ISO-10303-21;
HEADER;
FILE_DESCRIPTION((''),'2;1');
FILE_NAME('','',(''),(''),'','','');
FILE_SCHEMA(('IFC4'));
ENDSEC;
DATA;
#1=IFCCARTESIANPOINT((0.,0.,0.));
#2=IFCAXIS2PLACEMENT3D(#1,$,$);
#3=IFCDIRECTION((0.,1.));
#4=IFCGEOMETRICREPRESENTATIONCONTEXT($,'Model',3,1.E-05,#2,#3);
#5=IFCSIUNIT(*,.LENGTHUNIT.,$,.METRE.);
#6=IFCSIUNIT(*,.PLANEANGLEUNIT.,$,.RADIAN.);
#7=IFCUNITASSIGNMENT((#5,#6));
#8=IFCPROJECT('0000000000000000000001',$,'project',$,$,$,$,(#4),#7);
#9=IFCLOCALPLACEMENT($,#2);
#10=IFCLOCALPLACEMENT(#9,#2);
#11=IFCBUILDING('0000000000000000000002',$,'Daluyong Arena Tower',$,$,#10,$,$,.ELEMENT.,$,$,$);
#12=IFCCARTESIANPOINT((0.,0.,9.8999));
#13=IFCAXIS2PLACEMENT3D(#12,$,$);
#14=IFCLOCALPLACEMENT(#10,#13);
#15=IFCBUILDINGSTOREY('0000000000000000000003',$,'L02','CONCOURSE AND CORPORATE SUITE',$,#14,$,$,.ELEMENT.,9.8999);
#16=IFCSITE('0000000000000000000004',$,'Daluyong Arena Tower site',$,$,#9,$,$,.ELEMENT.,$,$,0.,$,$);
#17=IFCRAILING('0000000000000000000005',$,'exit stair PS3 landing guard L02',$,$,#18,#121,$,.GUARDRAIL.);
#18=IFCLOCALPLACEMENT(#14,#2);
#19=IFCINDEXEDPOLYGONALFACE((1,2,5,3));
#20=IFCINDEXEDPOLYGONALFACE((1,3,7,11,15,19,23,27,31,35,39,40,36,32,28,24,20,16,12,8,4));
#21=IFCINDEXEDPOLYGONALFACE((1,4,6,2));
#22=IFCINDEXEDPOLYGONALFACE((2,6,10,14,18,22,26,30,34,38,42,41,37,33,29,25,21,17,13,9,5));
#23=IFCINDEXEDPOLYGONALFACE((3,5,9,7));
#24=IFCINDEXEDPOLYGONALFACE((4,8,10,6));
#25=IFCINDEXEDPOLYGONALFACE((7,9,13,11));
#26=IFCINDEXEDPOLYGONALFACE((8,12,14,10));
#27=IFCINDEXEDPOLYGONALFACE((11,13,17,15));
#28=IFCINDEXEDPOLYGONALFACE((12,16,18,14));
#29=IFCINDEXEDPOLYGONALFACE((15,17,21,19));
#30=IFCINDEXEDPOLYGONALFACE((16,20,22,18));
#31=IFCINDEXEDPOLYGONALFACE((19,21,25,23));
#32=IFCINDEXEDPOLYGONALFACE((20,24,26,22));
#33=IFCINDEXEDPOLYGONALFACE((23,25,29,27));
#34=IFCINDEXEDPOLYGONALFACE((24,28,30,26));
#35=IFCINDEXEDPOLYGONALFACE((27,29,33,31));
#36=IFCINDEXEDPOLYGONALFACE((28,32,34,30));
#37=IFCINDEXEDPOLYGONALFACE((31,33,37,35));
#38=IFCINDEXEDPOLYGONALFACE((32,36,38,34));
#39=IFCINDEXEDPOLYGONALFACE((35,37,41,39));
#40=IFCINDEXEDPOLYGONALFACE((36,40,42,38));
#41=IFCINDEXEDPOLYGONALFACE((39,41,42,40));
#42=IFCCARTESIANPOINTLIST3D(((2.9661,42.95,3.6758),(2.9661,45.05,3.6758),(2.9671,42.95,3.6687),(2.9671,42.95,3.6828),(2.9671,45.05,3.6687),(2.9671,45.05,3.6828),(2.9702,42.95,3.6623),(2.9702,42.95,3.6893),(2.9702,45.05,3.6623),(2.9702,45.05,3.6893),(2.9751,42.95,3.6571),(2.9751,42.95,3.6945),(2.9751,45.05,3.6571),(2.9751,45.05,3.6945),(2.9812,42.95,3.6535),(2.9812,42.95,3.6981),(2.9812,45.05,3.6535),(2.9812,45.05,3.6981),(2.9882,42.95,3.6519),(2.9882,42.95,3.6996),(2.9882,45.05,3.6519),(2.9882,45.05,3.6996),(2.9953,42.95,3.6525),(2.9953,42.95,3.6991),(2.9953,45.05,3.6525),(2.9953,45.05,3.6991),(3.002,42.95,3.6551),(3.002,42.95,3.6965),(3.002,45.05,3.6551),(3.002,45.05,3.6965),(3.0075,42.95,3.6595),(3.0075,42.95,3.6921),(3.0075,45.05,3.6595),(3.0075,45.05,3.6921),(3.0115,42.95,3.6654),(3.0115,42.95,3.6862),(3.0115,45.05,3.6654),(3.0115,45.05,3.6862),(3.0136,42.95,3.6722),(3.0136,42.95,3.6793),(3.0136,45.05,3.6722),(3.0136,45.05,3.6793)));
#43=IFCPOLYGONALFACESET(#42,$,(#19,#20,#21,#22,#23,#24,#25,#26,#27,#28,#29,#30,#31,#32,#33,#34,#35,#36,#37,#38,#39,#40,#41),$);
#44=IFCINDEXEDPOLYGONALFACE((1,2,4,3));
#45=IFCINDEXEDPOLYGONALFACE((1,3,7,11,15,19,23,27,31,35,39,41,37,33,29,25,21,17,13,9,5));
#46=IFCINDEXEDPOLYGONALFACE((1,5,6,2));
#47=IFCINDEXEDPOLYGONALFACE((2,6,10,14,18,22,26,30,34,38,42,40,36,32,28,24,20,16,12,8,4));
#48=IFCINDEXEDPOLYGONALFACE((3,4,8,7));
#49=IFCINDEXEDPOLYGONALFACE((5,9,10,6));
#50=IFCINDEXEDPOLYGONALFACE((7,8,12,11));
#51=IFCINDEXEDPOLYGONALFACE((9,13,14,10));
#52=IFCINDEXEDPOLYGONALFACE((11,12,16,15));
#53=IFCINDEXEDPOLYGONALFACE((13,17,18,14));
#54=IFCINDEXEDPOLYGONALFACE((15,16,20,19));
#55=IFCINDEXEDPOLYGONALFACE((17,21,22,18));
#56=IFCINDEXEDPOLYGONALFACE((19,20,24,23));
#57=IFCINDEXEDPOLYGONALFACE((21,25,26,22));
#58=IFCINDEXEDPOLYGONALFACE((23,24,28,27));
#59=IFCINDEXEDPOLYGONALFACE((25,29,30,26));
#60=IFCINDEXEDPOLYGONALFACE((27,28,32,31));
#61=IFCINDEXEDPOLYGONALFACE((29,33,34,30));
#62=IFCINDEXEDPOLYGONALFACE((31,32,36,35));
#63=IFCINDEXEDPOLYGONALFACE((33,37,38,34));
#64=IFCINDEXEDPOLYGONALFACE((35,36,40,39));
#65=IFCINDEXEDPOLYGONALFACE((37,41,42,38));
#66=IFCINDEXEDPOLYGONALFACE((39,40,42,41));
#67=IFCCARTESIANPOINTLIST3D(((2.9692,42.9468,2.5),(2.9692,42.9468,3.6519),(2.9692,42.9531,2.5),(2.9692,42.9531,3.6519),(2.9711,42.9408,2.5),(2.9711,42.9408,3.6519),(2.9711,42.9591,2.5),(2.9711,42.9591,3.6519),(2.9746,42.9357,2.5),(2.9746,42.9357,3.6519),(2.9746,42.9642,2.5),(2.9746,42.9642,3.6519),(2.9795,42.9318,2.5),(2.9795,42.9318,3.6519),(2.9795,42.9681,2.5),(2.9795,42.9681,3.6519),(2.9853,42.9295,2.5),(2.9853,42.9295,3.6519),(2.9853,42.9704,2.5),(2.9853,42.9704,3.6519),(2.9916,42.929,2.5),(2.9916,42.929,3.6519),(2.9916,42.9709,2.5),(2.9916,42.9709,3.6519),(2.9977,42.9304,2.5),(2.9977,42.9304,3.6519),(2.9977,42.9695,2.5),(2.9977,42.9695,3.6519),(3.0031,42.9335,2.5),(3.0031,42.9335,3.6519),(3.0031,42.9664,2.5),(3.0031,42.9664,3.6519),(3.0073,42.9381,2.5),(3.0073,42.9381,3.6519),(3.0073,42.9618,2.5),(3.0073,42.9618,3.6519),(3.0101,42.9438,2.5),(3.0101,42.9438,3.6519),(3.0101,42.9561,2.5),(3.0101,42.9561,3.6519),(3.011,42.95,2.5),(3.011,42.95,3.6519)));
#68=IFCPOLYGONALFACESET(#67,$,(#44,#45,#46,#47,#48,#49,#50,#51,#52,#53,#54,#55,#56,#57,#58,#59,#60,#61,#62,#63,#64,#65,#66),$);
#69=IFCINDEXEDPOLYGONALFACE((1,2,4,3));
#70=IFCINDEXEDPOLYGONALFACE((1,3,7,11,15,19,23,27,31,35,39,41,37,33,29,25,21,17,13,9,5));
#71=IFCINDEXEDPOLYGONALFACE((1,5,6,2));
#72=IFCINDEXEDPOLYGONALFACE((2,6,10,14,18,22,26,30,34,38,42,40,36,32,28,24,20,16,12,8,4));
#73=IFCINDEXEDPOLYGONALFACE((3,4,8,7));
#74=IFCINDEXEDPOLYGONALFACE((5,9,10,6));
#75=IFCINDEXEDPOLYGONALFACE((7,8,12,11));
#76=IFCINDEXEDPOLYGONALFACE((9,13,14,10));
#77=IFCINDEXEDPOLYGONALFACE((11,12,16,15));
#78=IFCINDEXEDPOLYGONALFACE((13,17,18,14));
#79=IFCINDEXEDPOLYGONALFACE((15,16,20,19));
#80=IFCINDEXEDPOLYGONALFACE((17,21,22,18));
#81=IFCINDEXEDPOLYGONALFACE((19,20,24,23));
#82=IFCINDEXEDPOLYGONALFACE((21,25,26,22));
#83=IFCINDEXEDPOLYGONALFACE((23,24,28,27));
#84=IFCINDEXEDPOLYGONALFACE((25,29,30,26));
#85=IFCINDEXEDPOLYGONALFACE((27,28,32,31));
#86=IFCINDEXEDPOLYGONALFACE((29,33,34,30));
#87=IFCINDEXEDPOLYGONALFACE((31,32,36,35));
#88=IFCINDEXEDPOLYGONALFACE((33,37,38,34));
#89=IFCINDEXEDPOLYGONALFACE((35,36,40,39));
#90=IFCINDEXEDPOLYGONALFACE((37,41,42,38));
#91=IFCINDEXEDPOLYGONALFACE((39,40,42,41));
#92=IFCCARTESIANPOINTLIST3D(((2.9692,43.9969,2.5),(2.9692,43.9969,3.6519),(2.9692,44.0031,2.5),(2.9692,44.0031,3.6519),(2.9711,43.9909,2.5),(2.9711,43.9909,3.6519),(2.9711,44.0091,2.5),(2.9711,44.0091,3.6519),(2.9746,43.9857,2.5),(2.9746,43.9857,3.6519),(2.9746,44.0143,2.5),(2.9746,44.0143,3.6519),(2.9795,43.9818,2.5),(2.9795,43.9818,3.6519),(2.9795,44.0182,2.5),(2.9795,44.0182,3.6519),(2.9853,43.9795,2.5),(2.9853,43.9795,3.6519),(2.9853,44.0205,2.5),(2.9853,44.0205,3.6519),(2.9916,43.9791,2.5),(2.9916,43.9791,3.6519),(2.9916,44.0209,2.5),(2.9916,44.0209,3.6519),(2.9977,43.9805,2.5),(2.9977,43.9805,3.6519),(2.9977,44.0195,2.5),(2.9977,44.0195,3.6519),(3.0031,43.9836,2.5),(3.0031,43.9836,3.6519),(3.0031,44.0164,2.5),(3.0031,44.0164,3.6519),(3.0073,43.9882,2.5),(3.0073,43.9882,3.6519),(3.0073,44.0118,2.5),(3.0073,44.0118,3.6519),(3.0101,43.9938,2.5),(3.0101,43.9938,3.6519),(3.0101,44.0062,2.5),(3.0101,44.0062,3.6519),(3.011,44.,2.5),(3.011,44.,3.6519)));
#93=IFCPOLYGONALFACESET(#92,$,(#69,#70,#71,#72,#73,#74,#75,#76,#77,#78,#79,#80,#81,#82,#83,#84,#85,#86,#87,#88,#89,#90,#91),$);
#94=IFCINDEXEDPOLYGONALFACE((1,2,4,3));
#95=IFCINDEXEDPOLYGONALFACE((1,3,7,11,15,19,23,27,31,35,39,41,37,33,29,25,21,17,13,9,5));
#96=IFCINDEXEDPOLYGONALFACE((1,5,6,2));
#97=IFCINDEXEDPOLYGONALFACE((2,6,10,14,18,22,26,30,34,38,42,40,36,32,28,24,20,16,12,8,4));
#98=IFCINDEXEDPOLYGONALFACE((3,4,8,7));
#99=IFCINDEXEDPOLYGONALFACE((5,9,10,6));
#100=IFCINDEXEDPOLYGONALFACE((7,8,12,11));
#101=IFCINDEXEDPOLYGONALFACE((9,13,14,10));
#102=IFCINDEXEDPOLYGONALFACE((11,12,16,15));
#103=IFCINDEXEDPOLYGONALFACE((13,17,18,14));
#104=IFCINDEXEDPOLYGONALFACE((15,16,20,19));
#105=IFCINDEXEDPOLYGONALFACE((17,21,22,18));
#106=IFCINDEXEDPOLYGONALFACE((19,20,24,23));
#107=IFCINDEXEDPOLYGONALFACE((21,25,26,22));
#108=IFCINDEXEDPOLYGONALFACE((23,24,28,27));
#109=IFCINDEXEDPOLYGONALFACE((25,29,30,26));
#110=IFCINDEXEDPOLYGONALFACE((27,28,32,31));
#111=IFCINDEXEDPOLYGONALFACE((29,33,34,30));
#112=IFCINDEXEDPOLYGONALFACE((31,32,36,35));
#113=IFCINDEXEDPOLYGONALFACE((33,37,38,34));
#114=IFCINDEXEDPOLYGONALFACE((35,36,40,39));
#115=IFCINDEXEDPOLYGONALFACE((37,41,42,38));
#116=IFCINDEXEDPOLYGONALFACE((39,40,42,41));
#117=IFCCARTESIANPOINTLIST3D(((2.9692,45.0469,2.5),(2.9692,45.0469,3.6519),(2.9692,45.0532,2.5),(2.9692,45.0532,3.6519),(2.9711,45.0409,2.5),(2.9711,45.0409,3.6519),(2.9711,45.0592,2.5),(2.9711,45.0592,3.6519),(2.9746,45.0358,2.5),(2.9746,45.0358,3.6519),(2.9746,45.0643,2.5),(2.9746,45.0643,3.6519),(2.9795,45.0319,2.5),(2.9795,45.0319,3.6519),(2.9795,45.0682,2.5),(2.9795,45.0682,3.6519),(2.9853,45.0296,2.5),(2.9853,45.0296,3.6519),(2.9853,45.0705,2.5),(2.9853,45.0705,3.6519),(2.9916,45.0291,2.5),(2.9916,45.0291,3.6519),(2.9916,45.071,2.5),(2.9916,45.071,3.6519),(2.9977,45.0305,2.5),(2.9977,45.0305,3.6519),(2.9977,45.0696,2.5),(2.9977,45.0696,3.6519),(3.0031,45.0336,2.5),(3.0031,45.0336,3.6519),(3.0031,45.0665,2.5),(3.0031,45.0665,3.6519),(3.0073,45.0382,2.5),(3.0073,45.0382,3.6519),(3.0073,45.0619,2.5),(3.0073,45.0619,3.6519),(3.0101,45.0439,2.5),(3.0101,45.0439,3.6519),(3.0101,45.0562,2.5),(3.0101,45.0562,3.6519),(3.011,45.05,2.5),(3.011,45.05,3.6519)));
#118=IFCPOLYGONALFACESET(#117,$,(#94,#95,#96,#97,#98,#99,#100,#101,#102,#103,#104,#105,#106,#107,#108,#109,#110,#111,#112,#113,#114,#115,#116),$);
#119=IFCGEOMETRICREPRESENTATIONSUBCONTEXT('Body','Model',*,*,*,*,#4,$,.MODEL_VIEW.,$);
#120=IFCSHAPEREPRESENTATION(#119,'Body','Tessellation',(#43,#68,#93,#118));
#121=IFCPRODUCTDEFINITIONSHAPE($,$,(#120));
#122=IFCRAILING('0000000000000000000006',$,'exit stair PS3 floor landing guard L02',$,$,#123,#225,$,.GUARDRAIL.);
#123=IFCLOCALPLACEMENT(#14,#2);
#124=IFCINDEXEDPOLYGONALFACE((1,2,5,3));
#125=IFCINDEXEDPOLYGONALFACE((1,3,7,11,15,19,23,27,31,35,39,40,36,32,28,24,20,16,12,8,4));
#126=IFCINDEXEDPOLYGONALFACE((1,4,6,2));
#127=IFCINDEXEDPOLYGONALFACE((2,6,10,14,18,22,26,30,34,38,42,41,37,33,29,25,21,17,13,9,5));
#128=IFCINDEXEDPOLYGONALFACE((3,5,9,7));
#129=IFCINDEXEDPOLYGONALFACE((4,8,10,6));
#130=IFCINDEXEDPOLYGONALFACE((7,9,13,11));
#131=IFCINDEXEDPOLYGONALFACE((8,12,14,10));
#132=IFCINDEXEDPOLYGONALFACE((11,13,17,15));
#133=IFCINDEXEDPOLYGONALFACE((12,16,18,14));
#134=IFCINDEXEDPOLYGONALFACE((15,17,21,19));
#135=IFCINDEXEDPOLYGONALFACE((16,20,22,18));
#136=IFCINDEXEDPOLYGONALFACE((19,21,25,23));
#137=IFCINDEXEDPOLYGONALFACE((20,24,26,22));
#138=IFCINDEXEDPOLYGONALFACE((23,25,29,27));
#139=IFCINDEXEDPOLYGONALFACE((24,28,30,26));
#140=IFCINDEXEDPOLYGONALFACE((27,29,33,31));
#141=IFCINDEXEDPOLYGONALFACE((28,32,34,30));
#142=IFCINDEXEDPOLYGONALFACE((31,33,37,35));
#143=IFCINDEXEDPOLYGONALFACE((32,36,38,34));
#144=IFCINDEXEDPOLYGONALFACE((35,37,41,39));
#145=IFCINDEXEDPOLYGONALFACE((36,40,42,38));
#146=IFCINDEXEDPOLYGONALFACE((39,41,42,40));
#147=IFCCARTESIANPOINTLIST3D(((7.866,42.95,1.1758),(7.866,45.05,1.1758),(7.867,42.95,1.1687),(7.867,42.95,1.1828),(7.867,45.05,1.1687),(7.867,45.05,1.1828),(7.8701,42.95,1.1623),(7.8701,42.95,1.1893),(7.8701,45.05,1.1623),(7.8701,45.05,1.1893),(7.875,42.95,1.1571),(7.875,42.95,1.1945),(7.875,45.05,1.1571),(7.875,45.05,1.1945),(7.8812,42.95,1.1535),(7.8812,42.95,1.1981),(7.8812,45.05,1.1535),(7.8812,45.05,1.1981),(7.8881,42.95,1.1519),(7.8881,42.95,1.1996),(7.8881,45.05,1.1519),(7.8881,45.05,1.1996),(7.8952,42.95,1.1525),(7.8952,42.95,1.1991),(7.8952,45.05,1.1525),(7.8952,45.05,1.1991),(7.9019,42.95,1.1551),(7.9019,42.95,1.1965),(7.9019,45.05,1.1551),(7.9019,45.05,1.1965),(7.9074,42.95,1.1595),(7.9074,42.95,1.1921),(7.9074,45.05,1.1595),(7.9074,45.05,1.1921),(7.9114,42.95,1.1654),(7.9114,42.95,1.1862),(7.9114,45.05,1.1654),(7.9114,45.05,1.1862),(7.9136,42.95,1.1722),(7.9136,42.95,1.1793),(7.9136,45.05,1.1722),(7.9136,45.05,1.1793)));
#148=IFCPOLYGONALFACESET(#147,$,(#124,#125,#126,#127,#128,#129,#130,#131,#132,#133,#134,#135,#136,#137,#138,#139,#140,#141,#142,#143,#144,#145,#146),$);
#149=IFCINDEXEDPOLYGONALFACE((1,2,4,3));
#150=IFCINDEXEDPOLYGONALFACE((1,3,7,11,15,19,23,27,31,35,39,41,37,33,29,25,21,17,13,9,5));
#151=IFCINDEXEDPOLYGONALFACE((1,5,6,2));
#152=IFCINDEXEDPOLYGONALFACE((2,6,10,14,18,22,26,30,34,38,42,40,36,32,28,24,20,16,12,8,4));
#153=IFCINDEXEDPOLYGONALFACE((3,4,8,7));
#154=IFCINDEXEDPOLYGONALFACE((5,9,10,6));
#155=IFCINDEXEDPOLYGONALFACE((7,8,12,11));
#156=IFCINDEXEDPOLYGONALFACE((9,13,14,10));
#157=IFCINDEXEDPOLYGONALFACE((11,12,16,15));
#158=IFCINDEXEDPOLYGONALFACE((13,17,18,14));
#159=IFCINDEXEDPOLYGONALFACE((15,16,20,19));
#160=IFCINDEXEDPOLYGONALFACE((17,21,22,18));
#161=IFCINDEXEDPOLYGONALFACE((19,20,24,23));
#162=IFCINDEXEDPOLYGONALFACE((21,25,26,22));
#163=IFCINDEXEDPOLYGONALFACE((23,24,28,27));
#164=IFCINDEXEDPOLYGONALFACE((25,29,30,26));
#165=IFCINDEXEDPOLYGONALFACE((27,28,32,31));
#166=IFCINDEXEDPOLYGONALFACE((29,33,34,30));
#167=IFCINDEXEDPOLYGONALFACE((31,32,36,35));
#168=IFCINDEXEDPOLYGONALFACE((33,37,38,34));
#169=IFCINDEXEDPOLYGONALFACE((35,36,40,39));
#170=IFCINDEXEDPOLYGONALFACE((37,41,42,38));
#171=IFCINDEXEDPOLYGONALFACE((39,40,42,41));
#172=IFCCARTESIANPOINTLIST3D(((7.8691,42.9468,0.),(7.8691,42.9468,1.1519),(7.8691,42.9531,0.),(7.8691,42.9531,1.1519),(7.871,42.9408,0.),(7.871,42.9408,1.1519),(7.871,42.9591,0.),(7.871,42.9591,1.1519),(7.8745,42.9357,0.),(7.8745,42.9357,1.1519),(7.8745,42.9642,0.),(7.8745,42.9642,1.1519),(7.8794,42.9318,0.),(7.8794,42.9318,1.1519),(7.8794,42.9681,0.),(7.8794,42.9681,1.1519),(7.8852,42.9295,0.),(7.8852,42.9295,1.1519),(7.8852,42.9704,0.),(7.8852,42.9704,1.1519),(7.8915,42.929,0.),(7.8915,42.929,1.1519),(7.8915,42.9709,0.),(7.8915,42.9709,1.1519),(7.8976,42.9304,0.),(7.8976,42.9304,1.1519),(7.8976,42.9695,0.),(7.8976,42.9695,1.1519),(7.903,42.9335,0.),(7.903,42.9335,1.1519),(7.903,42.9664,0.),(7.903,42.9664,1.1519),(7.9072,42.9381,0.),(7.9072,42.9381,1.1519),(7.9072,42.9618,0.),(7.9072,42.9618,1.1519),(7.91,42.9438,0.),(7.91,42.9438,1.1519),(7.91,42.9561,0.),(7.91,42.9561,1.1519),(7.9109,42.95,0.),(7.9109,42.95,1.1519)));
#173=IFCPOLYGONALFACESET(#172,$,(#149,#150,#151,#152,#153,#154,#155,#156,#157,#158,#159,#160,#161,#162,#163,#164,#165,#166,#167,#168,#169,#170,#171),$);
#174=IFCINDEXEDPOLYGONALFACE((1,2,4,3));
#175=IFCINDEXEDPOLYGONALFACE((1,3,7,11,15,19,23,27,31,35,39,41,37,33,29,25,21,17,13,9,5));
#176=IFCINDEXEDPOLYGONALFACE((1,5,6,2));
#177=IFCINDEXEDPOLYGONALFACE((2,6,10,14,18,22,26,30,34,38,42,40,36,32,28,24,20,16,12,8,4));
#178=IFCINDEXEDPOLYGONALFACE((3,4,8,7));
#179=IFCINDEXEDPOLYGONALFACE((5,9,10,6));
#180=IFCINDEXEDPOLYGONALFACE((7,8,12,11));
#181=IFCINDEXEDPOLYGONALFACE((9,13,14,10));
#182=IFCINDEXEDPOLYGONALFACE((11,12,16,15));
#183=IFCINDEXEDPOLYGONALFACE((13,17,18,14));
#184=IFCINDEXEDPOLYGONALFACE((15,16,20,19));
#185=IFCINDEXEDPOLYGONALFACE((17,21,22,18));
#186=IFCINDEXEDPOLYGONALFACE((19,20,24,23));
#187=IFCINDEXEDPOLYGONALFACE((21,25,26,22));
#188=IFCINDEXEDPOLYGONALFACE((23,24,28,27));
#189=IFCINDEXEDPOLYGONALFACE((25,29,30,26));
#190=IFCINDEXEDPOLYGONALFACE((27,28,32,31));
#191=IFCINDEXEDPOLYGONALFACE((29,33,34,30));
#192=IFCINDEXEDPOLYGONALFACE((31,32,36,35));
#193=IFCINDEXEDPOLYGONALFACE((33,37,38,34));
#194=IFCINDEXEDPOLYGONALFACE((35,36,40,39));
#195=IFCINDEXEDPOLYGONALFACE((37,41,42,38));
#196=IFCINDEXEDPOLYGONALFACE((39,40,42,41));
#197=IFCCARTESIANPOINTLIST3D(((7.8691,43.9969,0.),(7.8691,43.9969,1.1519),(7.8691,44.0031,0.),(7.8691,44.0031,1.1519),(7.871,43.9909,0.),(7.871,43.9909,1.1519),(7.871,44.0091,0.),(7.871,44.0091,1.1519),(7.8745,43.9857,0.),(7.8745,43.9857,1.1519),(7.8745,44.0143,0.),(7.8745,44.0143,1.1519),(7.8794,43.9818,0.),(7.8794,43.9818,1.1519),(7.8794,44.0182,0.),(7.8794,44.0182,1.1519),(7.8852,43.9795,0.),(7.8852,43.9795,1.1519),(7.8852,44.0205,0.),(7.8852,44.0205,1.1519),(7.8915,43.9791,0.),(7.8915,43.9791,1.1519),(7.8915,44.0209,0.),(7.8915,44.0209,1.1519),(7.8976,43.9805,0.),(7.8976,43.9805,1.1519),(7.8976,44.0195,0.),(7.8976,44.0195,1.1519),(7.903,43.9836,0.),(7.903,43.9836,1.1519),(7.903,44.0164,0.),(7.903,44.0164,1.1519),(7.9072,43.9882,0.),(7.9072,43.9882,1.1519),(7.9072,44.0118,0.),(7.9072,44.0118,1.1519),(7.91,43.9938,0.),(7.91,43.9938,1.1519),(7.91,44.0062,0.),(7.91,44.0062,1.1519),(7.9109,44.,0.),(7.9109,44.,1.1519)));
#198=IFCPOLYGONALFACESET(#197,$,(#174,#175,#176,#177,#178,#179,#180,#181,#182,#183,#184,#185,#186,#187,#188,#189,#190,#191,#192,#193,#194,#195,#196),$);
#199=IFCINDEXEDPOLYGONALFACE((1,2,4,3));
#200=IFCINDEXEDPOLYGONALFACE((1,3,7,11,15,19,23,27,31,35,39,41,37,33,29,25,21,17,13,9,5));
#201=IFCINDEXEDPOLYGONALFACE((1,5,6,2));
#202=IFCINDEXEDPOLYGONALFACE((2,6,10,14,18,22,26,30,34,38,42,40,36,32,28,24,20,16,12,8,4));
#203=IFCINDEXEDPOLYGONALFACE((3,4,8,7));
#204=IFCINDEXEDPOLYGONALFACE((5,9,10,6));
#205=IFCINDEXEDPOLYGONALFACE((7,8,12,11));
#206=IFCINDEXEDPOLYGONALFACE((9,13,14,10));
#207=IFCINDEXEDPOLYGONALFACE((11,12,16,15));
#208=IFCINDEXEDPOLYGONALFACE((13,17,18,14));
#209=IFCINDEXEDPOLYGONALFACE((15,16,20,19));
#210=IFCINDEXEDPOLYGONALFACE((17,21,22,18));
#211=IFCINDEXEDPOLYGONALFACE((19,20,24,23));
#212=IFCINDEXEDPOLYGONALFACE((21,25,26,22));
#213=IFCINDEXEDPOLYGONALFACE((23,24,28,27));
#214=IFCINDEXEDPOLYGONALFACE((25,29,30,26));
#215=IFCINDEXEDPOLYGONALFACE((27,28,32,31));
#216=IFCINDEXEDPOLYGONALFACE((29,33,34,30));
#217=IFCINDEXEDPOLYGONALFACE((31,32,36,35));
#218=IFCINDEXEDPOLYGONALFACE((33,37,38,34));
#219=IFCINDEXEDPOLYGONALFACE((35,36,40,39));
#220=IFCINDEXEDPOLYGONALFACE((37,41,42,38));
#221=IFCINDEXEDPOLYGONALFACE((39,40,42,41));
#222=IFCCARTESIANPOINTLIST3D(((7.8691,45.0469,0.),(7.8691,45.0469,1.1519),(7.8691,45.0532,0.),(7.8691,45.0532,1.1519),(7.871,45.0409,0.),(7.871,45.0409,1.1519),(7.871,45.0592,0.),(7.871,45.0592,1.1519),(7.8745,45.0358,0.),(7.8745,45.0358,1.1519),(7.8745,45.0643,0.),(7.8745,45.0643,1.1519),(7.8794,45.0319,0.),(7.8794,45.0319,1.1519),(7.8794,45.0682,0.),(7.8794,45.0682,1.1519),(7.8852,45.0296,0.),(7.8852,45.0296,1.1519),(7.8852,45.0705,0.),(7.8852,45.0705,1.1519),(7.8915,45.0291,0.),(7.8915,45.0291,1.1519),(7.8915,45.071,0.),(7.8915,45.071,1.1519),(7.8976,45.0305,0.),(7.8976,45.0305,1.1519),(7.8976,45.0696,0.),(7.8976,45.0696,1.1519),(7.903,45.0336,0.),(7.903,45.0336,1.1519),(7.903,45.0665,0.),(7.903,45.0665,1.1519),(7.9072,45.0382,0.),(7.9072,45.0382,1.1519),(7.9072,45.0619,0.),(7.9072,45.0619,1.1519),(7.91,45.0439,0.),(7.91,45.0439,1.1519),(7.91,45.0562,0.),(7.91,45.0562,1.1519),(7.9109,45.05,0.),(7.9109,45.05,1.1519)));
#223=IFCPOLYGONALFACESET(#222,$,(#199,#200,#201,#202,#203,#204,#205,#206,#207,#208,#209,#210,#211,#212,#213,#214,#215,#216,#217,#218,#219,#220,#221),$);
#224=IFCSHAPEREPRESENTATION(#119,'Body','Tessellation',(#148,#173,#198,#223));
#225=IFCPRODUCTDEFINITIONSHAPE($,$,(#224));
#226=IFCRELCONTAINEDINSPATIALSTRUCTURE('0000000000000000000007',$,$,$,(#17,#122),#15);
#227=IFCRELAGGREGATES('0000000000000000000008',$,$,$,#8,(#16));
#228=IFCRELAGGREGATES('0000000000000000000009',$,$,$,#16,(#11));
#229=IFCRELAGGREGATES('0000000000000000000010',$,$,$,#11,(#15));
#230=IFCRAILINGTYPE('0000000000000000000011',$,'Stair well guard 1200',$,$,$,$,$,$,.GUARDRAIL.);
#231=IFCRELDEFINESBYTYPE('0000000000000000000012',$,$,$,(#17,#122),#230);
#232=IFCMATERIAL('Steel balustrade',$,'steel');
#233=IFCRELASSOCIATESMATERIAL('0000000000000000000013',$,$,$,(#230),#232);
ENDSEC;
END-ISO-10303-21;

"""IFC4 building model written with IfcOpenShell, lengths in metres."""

from ifc_helpers import new_model, si_unit, direction, frame, origin, origin_2d, place, context, subcontext, project, spatial, circle, extrude, material, type_object, element, save


model = new_model("IFC4")

# Units and contexts
model_context = context("Model", 3, precision=1e-05, world=origin(), true_north=direction((0.0, 1.0)))
body_context = subcontext(model_context, "Body", "Model", "MODEL_VIEW")
ifc_project = project(units=[si_unit("LENGTHUNIT", "METRE"), si_unit("PLANEANGLEUNIT", "RADIAN")], contexts=[model_context])

# Site, building, storey
site_placement = place(None, origin())
site = spatial("IfcSite", under=ifc_project, at=site_placement, Name="Daluyong Arena Tower site", CompositionType="ELEMENT", RefElevation=0.0)
building_placement = place(site_placement, origin())
building = spatial("IfcBuilding", under=site, at=building_placement, Name="Daluyong Arena Tower", CompositionType="ELEMENT")
storey_placement = place(building_placement, frame((0.0, 0.0, 9.8999)))
storey = spatial("IfcBuildingStorey", under=building, at=storey_placement, Name="L02", Description="CONCOURSE AND CORPORATE SUITE", CompositionType="ELEMENT", Elevation=9.8999)

# Railings
ifc_material_1 = material(Name="Steel balustrade", Category="steel")
railing_type_1 = type_object("IfcRailingType", Name="Stair well guard 1200", PredefinedType="GUARDRAIL", material=ifc_material_1)
for number, where, name in (
    (1, (2.99, 42.95, 2.5), "exit stair PS3 landing guard L02"),
    (2, (7.8899, 42.95, 0.0), "exit stair PS3 floor landing guard L02"),
):
    element("IfcRailing", number, at=place(storey_placement, frame(where)), inside=storey, type_object=railing_type_1, Name=name, PredefinedType="GUARDRAIL", context=body_context, shape_type="SweptSolid", body=[
        extrude(circle(Radius=0.0239, at=origin_2d()), frame((0.0, 0.0, 1.1758), z_axis=(0.0, 1.0, 0.0), x_axis=(-1.0, 0.0, 0.0)), (0.0, 0.0, 1.0), 2.1001),
        extrude(circle(Radius=0.021, at=origin_2d()), origin(), (0.0, 0.0, 1.0), 1.1519),
        extrude(circle(Radius=0.021, at=origin_2d()), frame((0.0, 1.05, 0.0)), (0.0, 0.0, 1.0), 1.1519),
        extrude(circle(Radius=0.021, at=origin_2d()), frame((0.0, 2.1001, 0.0)), (0.0, 0.0, 1.0), 1.1519),
    ])

save(model, "model.ifc")
